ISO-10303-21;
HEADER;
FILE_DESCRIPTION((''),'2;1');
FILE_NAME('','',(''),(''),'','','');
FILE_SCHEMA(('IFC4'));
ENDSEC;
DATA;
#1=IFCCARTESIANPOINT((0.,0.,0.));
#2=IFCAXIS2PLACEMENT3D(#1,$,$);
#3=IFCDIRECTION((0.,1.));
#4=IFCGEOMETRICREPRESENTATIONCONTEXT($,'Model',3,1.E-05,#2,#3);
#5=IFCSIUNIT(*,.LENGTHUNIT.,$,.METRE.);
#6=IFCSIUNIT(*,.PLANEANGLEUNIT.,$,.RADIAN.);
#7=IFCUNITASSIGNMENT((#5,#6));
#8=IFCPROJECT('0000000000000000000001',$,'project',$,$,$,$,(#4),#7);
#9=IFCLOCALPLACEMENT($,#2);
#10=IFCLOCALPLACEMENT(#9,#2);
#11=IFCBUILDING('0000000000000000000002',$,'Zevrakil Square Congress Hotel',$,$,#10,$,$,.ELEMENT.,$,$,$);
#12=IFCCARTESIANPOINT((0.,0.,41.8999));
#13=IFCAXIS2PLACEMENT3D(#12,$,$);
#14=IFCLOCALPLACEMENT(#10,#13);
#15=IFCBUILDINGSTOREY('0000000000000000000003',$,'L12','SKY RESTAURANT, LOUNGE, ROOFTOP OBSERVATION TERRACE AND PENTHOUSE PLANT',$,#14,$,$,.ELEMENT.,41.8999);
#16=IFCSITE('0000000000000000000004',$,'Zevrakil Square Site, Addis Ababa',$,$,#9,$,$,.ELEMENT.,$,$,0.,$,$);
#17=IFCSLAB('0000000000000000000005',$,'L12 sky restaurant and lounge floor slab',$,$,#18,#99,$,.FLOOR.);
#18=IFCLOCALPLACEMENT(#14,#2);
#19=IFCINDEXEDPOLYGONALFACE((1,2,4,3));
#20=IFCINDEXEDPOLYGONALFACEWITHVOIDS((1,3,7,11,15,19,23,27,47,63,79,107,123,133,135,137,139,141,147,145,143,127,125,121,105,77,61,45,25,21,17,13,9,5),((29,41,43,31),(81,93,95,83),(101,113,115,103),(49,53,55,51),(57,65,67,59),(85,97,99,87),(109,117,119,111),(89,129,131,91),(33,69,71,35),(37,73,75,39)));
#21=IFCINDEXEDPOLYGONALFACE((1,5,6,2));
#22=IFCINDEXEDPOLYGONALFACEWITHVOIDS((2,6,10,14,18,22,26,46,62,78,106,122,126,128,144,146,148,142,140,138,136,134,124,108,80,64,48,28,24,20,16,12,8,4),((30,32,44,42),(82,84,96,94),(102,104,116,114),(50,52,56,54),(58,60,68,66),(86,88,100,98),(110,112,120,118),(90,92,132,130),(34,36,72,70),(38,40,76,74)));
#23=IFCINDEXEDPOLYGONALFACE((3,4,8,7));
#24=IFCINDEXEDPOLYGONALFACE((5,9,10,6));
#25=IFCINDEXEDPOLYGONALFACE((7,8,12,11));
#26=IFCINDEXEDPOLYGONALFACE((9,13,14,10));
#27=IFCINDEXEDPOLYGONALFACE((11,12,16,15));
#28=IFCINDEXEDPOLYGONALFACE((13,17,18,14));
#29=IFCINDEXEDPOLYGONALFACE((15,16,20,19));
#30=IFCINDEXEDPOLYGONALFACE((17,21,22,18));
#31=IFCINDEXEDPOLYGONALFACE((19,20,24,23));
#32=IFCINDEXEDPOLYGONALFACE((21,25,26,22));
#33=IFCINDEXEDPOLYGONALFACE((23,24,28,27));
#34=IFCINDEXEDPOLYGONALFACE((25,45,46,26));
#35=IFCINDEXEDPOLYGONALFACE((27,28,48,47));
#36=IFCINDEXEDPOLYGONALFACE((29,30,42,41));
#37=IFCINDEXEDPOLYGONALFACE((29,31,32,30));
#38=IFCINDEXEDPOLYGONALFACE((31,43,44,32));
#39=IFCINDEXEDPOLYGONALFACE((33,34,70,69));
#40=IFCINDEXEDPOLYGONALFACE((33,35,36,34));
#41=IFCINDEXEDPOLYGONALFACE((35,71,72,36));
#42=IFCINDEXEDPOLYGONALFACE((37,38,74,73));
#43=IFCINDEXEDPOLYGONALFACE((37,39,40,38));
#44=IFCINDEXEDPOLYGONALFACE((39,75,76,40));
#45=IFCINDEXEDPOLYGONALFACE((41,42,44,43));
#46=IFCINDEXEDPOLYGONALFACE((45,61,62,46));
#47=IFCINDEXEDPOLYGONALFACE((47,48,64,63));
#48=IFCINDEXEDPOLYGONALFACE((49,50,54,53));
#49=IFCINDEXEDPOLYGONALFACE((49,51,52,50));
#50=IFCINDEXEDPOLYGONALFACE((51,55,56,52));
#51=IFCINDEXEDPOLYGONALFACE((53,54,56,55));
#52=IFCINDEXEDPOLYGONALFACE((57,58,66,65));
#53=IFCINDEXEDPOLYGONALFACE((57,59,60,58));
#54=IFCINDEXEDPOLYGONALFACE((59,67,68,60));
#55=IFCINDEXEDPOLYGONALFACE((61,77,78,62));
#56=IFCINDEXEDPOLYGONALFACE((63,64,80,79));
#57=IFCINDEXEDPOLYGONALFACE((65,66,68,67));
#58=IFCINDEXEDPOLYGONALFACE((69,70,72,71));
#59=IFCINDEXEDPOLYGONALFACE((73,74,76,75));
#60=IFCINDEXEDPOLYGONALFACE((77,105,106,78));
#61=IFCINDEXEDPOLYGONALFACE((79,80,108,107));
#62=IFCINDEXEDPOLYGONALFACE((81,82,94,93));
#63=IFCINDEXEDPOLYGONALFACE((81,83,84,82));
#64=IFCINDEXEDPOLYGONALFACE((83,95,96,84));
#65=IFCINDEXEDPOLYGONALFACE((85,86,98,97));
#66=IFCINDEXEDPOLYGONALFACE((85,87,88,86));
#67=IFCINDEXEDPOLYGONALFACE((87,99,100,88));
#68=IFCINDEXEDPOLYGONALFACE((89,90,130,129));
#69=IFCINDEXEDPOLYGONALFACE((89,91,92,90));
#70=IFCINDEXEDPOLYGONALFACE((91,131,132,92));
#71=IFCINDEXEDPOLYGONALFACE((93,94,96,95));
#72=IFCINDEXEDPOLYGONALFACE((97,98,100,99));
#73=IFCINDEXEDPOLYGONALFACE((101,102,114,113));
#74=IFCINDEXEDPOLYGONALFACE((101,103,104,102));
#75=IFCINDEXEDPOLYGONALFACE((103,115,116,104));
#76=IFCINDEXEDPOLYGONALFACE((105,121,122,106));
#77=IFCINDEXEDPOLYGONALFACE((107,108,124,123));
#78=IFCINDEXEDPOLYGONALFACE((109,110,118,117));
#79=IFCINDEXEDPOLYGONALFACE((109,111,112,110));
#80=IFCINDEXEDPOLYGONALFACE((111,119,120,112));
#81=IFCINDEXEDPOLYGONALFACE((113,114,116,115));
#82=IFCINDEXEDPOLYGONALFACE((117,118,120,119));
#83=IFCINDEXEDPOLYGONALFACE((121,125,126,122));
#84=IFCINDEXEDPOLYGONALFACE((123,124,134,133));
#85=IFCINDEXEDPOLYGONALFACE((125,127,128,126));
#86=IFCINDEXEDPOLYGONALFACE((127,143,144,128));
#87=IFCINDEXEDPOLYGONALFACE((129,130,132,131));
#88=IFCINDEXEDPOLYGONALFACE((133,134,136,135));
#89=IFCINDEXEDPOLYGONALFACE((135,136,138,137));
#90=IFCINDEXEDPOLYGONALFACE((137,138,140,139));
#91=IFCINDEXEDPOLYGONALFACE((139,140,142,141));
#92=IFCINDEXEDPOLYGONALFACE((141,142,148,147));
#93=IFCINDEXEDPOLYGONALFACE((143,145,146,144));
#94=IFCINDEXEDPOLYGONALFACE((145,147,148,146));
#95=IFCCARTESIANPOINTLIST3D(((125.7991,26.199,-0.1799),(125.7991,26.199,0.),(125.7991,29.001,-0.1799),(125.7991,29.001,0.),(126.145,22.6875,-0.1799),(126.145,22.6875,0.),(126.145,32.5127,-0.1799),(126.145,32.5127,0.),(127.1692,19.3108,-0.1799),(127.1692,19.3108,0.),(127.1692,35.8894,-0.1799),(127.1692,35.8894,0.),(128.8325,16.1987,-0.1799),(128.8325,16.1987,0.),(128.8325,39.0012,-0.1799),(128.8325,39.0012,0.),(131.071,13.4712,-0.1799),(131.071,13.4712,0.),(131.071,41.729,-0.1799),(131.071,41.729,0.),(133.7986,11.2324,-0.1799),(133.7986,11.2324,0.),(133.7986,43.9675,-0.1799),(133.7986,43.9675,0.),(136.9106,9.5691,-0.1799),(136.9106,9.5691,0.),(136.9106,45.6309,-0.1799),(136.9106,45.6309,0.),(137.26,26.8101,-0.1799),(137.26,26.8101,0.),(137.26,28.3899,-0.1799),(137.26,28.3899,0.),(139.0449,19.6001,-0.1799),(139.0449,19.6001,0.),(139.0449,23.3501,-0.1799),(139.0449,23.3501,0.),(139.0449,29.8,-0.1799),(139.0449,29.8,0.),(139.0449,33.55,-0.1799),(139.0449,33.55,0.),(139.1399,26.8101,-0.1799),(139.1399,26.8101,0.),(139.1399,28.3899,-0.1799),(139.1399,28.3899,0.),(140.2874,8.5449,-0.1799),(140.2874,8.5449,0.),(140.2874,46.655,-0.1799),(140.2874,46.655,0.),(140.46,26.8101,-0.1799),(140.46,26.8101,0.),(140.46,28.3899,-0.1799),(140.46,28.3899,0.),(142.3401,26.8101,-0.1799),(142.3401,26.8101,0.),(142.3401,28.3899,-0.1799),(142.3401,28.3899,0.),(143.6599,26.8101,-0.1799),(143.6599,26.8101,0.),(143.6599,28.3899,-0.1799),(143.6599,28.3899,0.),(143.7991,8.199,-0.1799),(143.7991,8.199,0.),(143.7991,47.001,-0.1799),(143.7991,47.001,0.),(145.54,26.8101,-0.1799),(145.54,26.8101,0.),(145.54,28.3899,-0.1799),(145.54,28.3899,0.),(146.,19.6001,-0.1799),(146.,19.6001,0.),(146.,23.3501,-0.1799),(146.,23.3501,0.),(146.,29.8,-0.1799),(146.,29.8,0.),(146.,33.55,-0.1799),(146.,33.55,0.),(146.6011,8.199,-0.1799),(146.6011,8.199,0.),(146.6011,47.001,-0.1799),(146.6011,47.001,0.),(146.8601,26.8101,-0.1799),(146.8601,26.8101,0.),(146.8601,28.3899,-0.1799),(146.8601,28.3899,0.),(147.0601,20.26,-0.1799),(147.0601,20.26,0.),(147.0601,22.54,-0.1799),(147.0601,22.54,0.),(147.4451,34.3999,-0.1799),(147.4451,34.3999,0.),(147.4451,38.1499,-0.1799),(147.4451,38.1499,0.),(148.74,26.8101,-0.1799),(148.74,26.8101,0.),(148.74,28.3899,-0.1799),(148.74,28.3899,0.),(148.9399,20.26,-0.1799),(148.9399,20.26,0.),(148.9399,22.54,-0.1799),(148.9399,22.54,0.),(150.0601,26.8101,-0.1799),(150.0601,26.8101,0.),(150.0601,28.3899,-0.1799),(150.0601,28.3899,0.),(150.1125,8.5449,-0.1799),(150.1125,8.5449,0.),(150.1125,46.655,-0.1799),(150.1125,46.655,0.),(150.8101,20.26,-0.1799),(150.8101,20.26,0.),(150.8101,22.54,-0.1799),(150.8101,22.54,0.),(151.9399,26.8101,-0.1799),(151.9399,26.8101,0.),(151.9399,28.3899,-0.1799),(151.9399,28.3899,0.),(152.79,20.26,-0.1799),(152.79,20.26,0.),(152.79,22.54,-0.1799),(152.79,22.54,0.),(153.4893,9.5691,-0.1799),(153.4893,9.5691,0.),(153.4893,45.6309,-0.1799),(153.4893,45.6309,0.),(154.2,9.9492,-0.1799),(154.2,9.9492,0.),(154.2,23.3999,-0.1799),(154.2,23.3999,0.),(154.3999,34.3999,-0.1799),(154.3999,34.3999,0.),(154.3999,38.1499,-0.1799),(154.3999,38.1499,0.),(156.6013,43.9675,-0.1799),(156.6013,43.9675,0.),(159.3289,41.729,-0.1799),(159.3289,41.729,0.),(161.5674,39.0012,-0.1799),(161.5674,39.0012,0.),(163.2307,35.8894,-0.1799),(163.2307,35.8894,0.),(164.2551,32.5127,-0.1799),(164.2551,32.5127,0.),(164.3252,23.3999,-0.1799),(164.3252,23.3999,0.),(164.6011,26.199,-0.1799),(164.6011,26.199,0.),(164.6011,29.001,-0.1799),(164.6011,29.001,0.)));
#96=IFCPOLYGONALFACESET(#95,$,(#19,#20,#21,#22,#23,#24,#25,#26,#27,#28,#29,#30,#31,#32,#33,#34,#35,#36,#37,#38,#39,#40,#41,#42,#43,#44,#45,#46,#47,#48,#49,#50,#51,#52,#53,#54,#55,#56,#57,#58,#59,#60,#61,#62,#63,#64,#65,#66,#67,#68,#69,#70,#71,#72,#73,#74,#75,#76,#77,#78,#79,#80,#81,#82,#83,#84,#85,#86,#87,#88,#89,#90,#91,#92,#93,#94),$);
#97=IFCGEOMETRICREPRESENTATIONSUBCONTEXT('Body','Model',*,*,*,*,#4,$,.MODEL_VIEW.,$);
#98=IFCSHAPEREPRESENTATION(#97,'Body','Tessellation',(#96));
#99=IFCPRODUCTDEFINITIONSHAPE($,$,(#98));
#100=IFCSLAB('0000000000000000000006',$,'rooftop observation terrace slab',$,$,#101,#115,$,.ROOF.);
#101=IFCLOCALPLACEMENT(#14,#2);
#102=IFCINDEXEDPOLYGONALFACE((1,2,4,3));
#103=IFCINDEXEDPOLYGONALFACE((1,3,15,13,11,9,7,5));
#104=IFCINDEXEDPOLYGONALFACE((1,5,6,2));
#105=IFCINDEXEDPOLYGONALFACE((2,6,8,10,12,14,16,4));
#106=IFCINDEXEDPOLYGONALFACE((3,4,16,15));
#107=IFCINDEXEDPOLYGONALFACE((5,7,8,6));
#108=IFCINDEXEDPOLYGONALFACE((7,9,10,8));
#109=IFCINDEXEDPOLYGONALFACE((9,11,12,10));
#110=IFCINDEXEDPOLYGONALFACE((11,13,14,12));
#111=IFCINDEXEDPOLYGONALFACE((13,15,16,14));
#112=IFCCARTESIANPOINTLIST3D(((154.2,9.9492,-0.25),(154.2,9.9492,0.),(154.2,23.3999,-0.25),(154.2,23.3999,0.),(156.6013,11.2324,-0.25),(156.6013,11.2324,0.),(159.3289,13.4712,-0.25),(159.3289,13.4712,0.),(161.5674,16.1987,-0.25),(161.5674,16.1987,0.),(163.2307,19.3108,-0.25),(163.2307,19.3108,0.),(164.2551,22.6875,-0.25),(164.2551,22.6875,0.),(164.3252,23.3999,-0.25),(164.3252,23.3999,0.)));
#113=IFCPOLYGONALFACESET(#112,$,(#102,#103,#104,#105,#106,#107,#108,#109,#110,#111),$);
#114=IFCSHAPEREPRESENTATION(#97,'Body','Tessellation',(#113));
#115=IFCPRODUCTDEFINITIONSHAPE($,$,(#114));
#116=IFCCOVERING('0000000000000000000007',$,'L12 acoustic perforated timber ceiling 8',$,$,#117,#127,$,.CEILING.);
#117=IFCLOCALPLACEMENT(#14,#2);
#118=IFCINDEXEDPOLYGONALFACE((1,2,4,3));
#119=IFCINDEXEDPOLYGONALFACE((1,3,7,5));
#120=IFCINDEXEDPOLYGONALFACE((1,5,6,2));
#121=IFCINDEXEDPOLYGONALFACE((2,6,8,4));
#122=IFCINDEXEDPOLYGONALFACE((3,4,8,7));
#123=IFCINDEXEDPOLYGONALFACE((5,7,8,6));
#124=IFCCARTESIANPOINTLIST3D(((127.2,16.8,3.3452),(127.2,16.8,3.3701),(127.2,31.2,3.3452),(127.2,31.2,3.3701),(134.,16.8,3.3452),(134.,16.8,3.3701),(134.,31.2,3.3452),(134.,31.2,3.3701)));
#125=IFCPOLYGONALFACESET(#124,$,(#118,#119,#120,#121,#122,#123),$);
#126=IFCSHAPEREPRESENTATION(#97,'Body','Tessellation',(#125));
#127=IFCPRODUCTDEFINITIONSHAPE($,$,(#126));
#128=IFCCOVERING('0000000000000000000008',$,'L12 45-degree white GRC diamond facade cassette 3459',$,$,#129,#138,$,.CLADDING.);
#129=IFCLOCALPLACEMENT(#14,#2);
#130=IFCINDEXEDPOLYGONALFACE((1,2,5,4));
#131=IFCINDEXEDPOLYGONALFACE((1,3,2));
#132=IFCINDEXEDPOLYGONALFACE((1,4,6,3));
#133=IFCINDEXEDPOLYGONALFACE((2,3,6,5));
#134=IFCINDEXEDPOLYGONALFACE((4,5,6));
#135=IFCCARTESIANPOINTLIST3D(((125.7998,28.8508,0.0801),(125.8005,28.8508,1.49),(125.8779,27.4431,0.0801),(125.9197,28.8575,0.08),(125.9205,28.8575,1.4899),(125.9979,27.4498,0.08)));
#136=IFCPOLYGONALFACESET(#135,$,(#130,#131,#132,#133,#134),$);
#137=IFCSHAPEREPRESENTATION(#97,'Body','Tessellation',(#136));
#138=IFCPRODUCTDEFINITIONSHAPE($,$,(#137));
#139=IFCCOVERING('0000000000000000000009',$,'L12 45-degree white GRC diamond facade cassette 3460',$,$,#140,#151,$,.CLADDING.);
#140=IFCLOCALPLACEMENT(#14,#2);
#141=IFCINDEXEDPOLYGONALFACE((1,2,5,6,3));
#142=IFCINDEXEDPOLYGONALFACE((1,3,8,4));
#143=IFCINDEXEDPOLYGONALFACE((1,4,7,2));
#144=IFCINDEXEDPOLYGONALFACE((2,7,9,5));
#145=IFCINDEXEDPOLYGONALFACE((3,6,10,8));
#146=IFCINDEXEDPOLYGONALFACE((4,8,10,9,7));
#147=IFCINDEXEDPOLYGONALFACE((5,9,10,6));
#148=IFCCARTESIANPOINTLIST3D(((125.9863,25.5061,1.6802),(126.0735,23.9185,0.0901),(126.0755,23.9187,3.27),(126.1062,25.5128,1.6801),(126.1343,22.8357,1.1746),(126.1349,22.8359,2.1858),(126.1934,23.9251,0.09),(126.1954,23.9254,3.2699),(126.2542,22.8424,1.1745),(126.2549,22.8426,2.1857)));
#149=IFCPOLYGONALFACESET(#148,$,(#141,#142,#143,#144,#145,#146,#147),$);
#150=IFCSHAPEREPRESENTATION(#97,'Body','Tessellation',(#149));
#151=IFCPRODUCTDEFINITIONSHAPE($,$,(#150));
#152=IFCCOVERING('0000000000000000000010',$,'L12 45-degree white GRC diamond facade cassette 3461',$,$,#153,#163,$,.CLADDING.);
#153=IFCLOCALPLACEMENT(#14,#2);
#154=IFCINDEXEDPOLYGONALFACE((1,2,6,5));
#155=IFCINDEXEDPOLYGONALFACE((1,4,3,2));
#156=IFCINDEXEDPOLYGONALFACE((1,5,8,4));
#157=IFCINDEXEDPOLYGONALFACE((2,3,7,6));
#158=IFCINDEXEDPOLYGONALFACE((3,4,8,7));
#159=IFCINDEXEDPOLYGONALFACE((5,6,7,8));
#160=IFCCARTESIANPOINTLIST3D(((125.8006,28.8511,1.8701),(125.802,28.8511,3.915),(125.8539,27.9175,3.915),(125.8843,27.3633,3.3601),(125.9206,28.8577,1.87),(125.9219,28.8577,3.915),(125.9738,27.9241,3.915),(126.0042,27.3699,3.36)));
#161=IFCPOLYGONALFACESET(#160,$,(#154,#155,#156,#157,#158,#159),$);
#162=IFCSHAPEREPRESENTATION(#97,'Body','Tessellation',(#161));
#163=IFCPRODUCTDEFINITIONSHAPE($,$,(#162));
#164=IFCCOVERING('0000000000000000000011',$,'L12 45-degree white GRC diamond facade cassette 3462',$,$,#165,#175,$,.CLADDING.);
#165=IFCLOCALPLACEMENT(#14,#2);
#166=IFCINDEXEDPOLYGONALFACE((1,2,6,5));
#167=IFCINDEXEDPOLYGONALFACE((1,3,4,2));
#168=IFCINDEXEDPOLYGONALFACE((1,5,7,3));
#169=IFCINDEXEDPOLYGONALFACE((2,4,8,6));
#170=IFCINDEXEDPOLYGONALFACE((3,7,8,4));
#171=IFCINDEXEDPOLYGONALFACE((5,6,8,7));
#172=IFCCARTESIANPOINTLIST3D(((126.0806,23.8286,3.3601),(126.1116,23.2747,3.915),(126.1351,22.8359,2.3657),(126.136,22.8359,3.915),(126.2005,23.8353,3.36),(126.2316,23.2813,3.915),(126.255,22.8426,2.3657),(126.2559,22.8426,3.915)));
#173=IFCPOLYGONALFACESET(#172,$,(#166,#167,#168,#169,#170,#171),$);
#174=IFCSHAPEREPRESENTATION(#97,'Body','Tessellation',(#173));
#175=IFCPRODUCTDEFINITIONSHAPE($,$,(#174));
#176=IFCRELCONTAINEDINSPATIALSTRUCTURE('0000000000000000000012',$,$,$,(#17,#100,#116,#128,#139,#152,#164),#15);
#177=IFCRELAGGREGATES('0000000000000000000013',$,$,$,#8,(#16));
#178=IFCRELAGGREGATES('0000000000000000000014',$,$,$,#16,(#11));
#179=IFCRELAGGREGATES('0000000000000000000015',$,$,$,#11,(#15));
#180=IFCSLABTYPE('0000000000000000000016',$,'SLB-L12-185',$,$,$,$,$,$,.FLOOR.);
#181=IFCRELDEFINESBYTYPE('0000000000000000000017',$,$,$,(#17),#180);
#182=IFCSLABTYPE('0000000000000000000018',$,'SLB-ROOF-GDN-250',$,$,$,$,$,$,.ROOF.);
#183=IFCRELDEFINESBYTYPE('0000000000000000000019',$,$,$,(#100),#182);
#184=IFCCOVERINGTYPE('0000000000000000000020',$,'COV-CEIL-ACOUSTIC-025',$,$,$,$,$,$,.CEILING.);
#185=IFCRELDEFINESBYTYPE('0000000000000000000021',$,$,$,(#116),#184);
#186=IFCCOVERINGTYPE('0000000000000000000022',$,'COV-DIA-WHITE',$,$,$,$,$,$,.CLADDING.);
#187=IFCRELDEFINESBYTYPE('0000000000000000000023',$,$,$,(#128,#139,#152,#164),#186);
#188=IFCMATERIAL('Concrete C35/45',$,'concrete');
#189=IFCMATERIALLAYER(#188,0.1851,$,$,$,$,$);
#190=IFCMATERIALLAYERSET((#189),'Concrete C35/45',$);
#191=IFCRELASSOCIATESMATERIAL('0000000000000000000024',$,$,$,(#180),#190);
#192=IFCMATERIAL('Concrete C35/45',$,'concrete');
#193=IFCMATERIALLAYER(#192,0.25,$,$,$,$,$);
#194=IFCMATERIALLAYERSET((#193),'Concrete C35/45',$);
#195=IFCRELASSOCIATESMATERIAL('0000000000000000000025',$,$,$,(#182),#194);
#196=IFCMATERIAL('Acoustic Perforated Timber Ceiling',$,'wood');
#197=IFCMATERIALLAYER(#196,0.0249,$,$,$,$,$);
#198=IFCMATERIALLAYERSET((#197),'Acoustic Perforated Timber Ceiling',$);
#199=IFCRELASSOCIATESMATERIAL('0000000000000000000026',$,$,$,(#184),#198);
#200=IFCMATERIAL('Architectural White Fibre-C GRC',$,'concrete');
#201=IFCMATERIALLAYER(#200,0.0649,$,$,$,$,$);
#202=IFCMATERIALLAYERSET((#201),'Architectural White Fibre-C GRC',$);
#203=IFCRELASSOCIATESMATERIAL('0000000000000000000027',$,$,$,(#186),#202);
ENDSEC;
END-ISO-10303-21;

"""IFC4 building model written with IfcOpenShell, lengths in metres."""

from ifc_helpers import new_model, si_unit, direction, frame, origin, place, context, subcontext, project, spatial, polyline, outline, extrude, material, layer, layer_set, type_object, element, save


model = new_model("IFC4")

# Units and contexts
model_context = context("Model", 3, precision=1e-05, world=origin(), true_north=direction((0.0, 1.0)))
body_context = subcontext(model_context, "Body", "Model", "MODEL_VIEW")
ifc_project = project(units=[si_unit("LENGTHUNIT", "METRE"), si_unit("PLANEANGLEUNIT", "RADIAN")], contexts=[model_context])

# Site, building, storey
site_placement = place(None, origin())
site = spatial("IfcSite", under=ifc_project, at=site_placement, Name="Zevrakil Square Site, Addis Ababa", CompositionType="ELEMENT", RefElevation=0.0)
building_placement = place(site_placement, origin())
building = spatial("IfcBuilding", under=site, at=building_placement, Name="Zevrakil Square Congress Hotel", CompositionType="ELEMENT")
storey_placement = place(building_placement, frame((0.0, 0.0, 41.8999)))
storey = spatial("IfcBuildingStorey", under=building, at=storey_placement, Name="L12", Description="SKY RESTAURANT, LOUNGE, ROOFTOP OBSERVATION TERRACE AND PENTHOUSE PLANT", CompositionType="ELEMENT", Elevation=41.8999)

# Slabs
ifc_material_1 = material(Name="Concrete C35/45", Category="concrete")
ifc_layer_1 = layer(ifc_material_1, 0.1851)
ifc_layer_set_1 = layer_set([ifc_layer_1], Name="Concrete C35/45")
slab_type_1 = type_object("IfcSlabType", Name="SLB-L12-185", PredefinedType="FLOOR", material=ifc_layer_set_1)
slab_1_placement = place(storey_placement, frame((0.0, 0.0, -0.1799)))
element("IfcSlab", 1, at=slab_1_placement, inside=storey, type_object=slab_type_1, Name="L12 sky restaurant and lounge floor slab", PredefinedType="FLOOR", context=body_context, shape_type="SweptSolid", body=[
    extrude(outline(polyline([(153.4893, 9.5691), (150.1125, 8.5449), (146.6011, 8.199), (143.7991, 8.199), (140.2874, 8.5449), (136.9106, 9.5691), (133.7986, 11.2324), (131.071, 13.4712), (128.8325, 16.1987), (127.1692, 19.3108), (126.145, 22.6875), (125.7991, 26.199), (125.7991, 29.001), (126.145, 32.5127), (127.1692, 35.8894), (128.8325, 39.0012), (131.071, 41.729), (133.7986, 43.9675), (136.9106, 45.6309), (140.2874, 46.655), (143.7991, 47.001), (146.6011, 47.001), (150.1125, 46.655), (153.4893, 45.6309), (156.6013, 43.9675), (159.3289, 41.729), (161.5674, 39.0012), (163.2307, 35.8894), (164.2551, 32.5127), (164.6011, 29.001), (164.6011, 26.199), (164.3252, 23.3999), (154.2, 23.3999), (154.2, 9.9492), (153.4893, 9.5691)]), holes=[polyline([(139.0449, 19.6001), (146.0, 19.6001), (146.0, 23.3501), (139.0449, 23.3501), (139.0449, 19.6001)]), polyline([(139.0449, 29.8), (146.0, 29.8), (146.0, 33.55), (139.0449, 33.55), (139.0449, 29.8)]), polyline([(147.4451, 34.3999), (154.3999, 34.3999), (154.3999, 38.1499), (147.4451, 38.1499), (147.4451, 34.3999)]), polyline([(137.26, 26.8101), (139.1399, 26.8101), (139.1399, 28.3899), (137.26, 28.3899), (137.26, 26.8101)]), polyline([(140.46, 26.8101), (142.3401, 26.8101), (142.3401, 28.3899), (140.46, 28.3899), (140.46, 26.8101)]), polyline([(143.6599, 26.8101), (145.54, 26.8101), (145.54, 28.3899), (143.6599, 28.3899), (143.6599, 26.8101)]), polyline([(146.8601, 26.8101), (148.74, 26.8101), (148.74, 28.3899), (146.8601, 28.3899), (146.8601, 26.8101)]), polyline([(150.0601, 26.8101), (151.9399, 26.8101), (151.9399, 28.3899), (150.0601, 28.3899), (150.0601, 26.8101)]), polyline([(147.0601, 20.26), (148.9399, 20.26), (148.9399, 22.54), (147.0601, 22.54), (147.0601, 20.26)]), polyline([(150.8101, 20.26), (152.79, 20.26), (152.79, 22.54), (150.8101, 22.54), (150.8101, 20.26)])]), origin(), (0.0, 0.0, 1.0), 0.1799),
])
ifc_material_2 = material(Name="Concrete C35/45", Category="concrete")
ifc_layer_2 = layer(ifc_material_2, 0.25)
ifc_layer_set_2 = layer_set([ifc_layer_2], Name="Concrete C35/45")
slab_type_2 = type_object("IfcSlabType", Name="SLB-ROOF-GDN-250", PredefinedType="ROOF", material=ifc_layer_set_2)
slab_2_placement = place(storey_placement, frame((0.0, 0.0, -0.25)))
element("IfcSlab", 2, at=slab_2_placement, inside=storey, type_object=slab_type_2, Name="rooftop observation terrace slab", PredefinedType="ROOF", context=body_context, shape_type="SweptSolid", body=[
    extrude(outline(polyline([(164.2551, 22.6875), (163.2307, 19.3108), (161.5674, 16.1987), (159.3289, 13.4712), (156.6013, 11.2324), (154.2, 9.9492), (154.2, 23.3999), (164.3252, 23.3999), (164.2551, 22.6875)])), origin(), (0.0, 0.0, 1.0), 0.25),
])

# Coverings
ifc_material_3 = material(Name="Acoustic Perforated Timber Ceiling", Category="wood")
ifc_layer_3 = layer(ifc_material_3, 0.0249)
ifc_layer_set_3 = layer_set([ifc_layer_3], Name="Acoustic Perforated Timber Ceiling")
covering_type_1 = type_object("IfcCoveringType", Name="COV-CEIL-ACOUSTIC-025", PredefinedType="CEILING", material=ifc_layer_set_3)
covering_1_placement = place(storey_placement, frame((0.0, 0.0, 3.3452)))
element("IfcCovering", 3, at=covering_1_placement, inside=storey, type_object=covering_type_1, Name="L12 acoustic perforated timber ceiling 8", PredefinedType="CEILING", context=body_context, shape_type="SweptSolid", body=[
    extrude(outline(polyline([(127.2, 16.8), (134.0, 16.8), (134.0, 31.2), (127.2, 31.2), (127.2, 16.8)])), origin(), (0.0, 0.0, 1.0), 0.0249),
])
ifc_material_4 = material(Name="Architectural White Fibre-C GRC", Category="concrete")
ifc_layer_4 = layer(ifc_material_4, 0.0649)
ifc_layer_set_4 = layer_set([ifc_layer_4], Name="Architectural White Fibre-C GRC")
covering_type_2 = type_object("IfcCoveringType", Name="COV-DIA-WHITE", PredefinedType="CLADDING", material=ifc_layer_set_4)
covering_2_placement = place(storey_placement, frame((125.8779, 27.4431, 0.0801), z_axis=(-0.998463, -0.055412, 0.000519), x_axis=(-0.055412, 0.998464, 0.0)))
element("IfcCovering", 4, at=covering_2_placement, inside=storey, type_object=covering_type_2, Name="L12 45-degree white GRC diamond facade cassette 3459", PredefinedType="CLADDING", context=body_context, shape_type="SweptSolid", body=[
    extrude(outline(polyline([(0.0, 0.0), (1.4099, 0.0), (1.4098, -1.4099), (0.0, 0.0)])), origin(), (0.0, 0.0, -1.0), 0.1201),
])
covering_3_placement = place(storey_placement, frame((126.0735, 23.9185, 0.0901), z_axis=(-0.998461, -0.055462, 0.000631), x_axis=(-0.038771, 0.706032, 0.707118)))
element("IfcCovering", 5, at=covering_3_placement, inside=storey, type_object=covering_type_2, Name="L12 45-degree white GRC diamond facade cassette 3460", PredefinedType="CLADDING", context=body_context, shape_type="SweptSolid", body=[
    extrude(outline(polyline([(0.0, 0.0), (2.2487, 0.0), (2.2487, -2.2484), (0.7152, -2.2486), (0.0, -1.5337), (0.0, 0.0)])), origin(), (0.0, 0.0, -1.0), 0.1201),
])
covering_4_placement = place(storey_placement, frame((125.8843, 27.3633, 3.3601), z_axis=(-0.998461, -0.055463, 0.000665), x_axis=(-0.03969, 0.706026, -0.707073)))
element("IfcCovering", 6, at=covering_4_placement, inside=storey, type_object=covering_type_2, Name="L12 45-degree white GRC diamond facade cassette 3461", PredefinedType="CLADDING", context=body_context, shape_type="SweptSolid", body=[
    extrude(outline(polyline([(0.0, 0.0), (2.1073, 0.0), (0.6613, -1.446), (0.0001, -0.7849), (0.0, 0.0)])), origin(), (0.0, 0.0, -1.0), 0.1201),
])
covering_5_placement = place(storey_placement, frame((126.0806, 23.8286, 3.3601), z_axis=(-0.998463, -0.055415, 0.000587), x_axis=(0.039595, -0.705927, 0.707177)))
element("IfcCovering", 7, at=covering_5_placement, inside=storey, type_object=covering_type_2, Name="L12 45-degree white GRC diamond facade cassette 3462", PredefinedType="CLADDING", context=body_context, shape_type="SweptSolid", body=[
    extrude(outline(polyline([(0.0, 0.0), (0.7847, 0.0), (1.0954, -0.3107), (-0.0003, -1.4061), (0.0, 0.0)])), origin(), (0.0, 0.0, -1.0), 0.1201),
])

save(model, "model.ifc")
